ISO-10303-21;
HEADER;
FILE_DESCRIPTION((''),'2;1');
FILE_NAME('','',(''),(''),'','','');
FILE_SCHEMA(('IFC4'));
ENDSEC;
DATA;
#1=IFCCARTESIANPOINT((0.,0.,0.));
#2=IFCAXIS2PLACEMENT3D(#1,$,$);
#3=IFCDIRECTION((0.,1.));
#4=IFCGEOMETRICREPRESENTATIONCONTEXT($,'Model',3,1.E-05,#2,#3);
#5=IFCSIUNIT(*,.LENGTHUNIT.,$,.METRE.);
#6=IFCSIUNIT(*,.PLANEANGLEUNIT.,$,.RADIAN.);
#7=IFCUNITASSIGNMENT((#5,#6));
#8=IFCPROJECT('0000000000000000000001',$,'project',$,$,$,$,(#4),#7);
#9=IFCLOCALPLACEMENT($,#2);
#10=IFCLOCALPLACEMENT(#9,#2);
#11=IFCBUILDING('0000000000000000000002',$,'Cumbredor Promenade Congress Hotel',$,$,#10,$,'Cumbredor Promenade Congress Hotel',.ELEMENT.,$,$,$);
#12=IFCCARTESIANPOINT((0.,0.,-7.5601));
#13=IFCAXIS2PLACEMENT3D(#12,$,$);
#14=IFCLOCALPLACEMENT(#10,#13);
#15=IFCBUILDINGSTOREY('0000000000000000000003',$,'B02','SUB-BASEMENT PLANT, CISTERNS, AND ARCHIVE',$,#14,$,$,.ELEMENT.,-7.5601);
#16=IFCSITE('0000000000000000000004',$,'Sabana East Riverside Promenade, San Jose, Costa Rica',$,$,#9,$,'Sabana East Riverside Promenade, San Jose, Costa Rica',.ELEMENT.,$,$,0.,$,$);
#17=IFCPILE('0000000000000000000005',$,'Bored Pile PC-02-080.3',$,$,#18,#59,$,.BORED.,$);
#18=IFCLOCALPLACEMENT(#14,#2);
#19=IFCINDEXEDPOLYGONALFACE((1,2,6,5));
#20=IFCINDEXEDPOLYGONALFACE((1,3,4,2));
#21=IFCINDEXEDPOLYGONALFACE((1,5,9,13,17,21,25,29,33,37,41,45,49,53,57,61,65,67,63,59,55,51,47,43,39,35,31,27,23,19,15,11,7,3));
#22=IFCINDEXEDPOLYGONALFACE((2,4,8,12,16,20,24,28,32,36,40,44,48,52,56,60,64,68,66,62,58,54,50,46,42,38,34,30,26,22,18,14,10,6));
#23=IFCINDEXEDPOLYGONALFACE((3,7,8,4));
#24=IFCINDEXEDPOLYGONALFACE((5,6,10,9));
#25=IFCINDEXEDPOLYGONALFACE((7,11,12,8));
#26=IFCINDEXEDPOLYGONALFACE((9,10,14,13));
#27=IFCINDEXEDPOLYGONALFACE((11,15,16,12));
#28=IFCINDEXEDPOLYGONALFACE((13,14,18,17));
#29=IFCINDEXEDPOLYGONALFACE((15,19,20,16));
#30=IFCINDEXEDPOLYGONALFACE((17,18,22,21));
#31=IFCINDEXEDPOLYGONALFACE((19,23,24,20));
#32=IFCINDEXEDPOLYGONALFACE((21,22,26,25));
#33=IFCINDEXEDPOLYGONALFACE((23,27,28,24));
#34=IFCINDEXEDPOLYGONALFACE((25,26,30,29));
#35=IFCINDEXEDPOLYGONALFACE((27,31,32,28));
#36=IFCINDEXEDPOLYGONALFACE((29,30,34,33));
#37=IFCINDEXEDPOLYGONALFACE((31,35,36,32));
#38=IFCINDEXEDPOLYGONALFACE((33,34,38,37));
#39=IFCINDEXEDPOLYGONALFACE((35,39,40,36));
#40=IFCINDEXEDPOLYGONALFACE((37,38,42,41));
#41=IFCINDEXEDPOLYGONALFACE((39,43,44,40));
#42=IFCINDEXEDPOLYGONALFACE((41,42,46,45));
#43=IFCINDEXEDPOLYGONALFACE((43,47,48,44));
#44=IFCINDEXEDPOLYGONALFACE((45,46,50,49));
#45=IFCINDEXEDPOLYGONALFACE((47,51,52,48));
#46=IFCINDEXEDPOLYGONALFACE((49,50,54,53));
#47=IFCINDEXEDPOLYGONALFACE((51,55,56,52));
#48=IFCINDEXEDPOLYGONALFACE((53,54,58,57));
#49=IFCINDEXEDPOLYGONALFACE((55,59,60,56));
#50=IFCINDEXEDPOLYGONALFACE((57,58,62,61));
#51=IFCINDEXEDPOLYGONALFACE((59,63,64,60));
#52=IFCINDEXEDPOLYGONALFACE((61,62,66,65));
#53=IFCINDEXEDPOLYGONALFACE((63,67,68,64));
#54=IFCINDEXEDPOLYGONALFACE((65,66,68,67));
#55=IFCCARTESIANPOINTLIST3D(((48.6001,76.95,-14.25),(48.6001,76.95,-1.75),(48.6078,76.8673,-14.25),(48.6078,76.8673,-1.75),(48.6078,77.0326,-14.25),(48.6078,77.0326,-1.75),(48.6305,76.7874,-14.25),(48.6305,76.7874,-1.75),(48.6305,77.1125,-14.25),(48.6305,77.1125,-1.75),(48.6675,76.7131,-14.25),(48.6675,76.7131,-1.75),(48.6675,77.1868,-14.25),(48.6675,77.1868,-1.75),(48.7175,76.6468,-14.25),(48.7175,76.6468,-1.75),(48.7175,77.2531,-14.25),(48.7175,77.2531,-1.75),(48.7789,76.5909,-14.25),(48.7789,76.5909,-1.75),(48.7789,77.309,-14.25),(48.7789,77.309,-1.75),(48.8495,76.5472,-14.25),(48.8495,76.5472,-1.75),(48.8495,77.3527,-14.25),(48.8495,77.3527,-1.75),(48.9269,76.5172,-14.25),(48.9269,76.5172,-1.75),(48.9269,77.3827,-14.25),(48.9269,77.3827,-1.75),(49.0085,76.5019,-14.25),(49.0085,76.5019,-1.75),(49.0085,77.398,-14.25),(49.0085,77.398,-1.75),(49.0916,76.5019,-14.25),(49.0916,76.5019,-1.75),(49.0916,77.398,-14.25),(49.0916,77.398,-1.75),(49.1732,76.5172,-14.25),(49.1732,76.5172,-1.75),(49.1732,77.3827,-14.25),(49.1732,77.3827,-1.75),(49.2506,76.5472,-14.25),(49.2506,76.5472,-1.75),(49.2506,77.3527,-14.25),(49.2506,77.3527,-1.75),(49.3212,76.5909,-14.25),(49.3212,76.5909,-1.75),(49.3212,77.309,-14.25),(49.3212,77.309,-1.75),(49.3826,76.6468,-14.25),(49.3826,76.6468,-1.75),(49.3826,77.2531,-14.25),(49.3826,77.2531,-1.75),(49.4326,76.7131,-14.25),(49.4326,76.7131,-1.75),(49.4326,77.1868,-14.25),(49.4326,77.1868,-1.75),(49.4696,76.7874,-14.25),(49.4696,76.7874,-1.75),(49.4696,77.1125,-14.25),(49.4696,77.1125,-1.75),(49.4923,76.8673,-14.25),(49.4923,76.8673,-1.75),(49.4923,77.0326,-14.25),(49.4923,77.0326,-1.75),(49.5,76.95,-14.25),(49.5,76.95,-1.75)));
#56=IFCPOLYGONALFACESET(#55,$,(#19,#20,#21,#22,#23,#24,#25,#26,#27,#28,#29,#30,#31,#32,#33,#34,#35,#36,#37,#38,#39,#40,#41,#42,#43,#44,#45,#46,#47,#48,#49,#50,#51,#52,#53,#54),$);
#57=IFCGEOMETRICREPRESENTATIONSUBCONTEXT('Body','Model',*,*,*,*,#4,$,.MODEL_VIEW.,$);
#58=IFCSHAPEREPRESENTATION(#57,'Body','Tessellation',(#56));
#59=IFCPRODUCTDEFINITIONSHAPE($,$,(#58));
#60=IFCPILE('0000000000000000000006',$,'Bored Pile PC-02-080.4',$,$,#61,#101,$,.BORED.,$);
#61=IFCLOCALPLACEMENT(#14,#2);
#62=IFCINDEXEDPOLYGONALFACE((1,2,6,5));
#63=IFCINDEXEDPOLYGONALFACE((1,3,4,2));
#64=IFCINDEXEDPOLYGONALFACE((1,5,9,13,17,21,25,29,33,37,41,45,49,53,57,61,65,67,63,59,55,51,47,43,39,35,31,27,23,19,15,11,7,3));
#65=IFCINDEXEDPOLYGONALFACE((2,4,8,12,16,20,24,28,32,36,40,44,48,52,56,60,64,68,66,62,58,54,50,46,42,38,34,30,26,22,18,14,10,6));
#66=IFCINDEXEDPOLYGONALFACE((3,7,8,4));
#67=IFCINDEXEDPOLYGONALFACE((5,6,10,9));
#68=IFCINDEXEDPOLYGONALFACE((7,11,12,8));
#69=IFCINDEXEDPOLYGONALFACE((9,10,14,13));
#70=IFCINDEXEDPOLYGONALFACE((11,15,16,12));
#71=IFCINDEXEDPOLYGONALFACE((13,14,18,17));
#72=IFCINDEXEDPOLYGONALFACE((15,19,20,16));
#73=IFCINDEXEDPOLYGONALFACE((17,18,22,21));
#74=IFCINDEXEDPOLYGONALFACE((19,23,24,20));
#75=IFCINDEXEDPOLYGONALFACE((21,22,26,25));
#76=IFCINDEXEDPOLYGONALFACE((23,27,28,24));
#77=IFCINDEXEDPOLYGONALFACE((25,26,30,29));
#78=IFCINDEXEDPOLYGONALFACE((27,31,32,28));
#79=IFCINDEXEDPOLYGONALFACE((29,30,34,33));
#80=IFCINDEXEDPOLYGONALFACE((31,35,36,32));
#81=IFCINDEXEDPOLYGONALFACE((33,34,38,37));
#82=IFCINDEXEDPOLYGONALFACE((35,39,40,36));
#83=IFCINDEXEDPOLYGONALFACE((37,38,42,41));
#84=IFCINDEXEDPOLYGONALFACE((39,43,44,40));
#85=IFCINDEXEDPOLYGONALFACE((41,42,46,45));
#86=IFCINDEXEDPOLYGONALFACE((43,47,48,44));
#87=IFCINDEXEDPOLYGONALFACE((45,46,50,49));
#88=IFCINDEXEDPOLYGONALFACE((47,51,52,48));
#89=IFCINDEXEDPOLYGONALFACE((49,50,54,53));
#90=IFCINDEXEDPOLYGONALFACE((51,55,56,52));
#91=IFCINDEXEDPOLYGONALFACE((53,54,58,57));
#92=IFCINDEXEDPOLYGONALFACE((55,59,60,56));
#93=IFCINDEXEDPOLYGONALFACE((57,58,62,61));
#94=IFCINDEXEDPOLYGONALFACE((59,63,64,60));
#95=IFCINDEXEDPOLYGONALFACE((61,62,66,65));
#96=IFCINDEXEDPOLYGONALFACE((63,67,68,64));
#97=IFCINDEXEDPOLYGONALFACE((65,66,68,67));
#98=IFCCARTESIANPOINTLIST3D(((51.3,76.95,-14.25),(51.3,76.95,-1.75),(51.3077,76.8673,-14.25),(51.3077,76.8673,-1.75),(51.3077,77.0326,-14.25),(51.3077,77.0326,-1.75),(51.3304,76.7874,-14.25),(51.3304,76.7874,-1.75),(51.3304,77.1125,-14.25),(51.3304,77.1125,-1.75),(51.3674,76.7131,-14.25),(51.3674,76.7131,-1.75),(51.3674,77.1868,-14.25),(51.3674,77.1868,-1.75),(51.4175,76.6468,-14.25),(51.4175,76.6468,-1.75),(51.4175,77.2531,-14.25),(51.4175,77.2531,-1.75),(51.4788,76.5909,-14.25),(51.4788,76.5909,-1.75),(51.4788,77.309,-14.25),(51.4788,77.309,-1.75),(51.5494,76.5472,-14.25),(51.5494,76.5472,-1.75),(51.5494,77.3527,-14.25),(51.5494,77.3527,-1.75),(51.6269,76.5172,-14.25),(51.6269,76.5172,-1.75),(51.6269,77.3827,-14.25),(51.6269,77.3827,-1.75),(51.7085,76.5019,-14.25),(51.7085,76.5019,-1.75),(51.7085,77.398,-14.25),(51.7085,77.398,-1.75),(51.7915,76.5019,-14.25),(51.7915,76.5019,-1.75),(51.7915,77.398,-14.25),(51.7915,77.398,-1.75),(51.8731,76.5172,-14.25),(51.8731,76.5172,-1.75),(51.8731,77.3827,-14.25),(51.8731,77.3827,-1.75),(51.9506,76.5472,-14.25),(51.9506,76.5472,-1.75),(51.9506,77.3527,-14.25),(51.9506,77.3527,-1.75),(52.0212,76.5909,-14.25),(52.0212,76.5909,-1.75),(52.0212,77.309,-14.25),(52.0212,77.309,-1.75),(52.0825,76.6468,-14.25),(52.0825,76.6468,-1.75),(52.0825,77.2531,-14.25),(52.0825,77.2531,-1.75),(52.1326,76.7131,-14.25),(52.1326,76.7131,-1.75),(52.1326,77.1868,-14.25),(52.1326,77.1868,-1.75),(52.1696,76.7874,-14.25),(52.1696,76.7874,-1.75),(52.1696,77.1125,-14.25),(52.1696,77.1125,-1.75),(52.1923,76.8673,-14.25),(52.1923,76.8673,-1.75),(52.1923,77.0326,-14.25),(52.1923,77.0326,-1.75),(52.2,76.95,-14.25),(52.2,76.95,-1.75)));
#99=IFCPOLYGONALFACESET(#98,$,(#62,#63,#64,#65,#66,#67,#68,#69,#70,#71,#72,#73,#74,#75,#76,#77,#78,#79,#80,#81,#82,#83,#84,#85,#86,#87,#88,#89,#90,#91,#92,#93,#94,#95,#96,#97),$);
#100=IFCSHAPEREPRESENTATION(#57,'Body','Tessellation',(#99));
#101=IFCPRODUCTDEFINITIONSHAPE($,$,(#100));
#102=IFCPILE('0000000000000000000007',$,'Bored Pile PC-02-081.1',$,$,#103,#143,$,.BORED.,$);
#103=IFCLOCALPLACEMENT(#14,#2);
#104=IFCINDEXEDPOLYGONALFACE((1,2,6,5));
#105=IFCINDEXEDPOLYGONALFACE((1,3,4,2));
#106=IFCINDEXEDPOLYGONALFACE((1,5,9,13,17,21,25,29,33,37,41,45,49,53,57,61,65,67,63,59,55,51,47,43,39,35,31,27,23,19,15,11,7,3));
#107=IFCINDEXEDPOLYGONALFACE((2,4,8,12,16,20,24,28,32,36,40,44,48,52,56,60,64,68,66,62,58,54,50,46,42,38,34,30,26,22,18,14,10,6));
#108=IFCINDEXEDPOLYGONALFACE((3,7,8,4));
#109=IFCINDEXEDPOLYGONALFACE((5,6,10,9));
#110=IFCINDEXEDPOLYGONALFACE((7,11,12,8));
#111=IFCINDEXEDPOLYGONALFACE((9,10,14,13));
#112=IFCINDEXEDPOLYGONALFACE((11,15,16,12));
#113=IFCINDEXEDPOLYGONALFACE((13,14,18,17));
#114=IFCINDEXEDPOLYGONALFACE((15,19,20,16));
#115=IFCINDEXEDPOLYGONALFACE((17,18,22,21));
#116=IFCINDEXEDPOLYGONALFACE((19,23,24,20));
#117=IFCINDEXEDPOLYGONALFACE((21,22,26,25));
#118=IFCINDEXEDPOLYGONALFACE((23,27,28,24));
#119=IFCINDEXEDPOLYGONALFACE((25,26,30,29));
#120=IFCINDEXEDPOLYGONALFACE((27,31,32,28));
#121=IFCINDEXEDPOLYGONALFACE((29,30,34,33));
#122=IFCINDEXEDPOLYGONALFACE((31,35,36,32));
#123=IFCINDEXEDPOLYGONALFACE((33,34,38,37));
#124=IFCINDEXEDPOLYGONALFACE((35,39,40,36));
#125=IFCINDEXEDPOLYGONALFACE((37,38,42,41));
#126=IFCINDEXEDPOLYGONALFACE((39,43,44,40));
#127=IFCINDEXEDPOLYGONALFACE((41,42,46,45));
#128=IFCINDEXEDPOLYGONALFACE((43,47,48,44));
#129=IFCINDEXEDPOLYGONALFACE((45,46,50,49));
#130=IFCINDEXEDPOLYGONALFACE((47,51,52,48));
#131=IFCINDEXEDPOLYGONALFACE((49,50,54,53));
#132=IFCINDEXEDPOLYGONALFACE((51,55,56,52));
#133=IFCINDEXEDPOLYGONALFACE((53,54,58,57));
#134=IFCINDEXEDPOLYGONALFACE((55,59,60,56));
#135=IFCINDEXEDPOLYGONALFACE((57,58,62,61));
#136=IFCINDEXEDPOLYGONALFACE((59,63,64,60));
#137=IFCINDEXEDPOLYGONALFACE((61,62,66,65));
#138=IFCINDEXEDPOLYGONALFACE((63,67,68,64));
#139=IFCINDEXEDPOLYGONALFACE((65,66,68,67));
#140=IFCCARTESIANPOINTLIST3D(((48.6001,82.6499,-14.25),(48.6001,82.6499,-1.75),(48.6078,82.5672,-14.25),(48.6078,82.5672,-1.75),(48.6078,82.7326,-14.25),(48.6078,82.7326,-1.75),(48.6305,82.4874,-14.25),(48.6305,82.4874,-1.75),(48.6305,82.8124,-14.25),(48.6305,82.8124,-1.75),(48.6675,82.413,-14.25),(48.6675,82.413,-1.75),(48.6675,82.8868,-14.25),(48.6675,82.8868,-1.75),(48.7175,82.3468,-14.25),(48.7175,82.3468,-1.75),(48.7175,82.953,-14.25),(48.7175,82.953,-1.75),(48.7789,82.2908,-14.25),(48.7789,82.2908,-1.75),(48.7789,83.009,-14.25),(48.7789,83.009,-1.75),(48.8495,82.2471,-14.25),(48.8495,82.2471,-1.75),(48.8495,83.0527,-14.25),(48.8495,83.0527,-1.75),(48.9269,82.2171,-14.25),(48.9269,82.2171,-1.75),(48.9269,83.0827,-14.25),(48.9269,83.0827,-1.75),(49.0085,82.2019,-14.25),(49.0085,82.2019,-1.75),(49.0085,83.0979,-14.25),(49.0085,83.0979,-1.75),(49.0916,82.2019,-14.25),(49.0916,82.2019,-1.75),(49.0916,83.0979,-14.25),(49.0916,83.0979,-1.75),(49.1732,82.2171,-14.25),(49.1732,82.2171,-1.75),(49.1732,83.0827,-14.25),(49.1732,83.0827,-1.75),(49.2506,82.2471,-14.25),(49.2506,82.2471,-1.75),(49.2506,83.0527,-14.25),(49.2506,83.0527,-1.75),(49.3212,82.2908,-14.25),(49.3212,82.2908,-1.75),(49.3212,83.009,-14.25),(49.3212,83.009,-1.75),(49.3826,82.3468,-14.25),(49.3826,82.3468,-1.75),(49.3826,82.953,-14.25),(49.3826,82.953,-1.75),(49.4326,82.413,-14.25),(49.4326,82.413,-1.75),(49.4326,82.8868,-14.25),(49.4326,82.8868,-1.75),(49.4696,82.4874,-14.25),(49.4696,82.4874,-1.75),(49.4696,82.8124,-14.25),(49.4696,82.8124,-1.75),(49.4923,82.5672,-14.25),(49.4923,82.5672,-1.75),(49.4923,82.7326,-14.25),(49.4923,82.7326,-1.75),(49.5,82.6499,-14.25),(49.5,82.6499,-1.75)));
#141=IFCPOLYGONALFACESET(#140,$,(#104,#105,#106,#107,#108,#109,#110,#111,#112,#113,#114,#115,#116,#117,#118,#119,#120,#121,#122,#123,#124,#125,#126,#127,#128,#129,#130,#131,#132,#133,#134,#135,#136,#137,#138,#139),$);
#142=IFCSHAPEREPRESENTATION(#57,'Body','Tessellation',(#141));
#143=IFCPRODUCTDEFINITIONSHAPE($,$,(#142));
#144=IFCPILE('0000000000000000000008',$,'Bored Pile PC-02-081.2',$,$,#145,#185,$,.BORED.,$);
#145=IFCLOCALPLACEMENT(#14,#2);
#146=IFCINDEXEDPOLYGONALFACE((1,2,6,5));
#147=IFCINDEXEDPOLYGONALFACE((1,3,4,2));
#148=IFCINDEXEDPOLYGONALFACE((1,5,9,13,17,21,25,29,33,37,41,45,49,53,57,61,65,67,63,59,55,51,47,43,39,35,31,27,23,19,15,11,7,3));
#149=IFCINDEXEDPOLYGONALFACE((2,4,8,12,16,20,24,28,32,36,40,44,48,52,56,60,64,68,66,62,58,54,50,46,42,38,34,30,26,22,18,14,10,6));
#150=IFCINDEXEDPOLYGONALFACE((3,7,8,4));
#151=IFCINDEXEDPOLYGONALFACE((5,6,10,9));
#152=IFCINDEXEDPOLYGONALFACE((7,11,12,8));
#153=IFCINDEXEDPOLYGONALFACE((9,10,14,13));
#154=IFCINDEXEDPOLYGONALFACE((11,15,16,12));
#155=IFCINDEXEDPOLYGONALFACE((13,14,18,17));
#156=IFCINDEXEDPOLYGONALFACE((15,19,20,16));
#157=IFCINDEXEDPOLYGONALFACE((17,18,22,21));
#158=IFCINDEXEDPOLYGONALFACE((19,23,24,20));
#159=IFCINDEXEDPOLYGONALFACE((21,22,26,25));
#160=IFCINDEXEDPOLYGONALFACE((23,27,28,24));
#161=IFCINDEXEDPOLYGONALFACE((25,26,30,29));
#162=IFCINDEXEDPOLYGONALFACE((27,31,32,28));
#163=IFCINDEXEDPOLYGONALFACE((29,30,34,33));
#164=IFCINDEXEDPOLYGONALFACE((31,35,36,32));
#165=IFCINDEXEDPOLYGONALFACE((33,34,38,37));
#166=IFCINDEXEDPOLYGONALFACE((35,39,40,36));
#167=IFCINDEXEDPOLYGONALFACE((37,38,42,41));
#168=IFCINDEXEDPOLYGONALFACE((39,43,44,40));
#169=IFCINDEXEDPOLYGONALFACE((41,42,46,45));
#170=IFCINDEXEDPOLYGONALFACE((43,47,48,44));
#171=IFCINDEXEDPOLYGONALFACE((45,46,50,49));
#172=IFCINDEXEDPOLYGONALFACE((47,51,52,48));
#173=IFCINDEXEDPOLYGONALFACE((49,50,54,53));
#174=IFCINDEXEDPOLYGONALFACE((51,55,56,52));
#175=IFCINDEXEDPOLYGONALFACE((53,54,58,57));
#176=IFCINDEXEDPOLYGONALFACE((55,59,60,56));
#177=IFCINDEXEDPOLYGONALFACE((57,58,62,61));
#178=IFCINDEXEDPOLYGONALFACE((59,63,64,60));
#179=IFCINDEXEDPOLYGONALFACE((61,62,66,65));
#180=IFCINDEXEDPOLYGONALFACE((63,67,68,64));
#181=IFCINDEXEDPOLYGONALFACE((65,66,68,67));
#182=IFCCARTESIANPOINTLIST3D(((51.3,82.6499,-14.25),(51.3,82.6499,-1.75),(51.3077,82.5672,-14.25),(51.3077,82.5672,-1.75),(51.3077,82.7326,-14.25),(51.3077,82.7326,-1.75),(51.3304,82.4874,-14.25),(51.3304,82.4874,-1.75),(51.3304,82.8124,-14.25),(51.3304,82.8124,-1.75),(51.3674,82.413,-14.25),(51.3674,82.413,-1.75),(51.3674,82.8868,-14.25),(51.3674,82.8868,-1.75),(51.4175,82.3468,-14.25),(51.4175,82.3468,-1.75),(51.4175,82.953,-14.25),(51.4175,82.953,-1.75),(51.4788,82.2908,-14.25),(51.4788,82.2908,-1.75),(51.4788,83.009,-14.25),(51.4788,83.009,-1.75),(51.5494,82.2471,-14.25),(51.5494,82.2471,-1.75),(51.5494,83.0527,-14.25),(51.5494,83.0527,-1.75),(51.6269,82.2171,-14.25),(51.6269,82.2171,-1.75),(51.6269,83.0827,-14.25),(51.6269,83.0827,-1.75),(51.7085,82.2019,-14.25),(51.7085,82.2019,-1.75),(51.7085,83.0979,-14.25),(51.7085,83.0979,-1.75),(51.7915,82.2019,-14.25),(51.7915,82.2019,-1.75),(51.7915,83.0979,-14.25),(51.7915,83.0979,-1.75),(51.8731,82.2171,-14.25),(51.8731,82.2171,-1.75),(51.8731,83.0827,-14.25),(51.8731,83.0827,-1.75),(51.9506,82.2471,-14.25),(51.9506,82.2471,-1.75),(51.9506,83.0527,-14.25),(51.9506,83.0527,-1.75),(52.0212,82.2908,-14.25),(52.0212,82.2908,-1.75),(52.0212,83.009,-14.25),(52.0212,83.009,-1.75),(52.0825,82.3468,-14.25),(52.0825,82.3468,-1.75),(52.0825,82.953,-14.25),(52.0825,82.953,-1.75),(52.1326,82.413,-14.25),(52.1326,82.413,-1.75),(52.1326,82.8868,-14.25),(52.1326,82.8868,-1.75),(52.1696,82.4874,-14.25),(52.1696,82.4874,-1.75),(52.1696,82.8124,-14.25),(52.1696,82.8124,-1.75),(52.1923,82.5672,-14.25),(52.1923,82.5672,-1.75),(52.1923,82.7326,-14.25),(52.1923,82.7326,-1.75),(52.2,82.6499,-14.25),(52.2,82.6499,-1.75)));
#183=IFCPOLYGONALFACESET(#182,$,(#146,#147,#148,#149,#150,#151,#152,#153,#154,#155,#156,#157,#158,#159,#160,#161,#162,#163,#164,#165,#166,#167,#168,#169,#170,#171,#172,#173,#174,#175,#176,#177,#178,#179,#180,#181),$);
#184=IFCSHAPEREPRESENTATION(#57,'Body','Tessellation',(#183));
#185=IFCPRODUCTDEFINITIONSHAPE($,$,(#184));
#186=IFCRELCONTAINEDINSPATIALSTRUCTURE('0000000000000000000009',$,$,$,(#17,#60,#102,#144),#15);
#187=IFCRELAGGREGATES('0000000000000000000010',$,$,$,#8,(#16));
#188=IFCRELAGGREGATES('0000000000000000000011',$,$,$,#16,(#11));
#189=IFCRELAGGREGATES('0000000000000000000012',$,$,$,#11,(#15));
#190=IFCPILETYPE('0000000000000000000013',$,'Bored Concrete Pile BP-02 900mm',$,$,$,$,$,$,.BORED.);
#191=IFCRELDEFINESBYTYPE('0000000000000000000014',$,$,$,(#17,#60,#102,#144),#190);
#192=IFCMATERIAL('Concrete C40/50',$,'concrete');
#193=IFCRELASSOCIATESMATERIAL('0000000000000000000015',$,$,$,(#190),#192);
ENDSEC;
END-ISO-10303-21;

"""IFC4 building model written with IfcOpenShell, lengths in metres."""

from ifc_helpers import new_model, si_unit, direction, frame, origin, origin_2d, place, context, subcontext, project, spatial, circle, extrude, material, material_profile, profile_set, type_object, element, save


model = new_model("IFC4")

# Units and contexts
model_context = context("Model", 3, precision=1e-05, world=origin(), true_north=direction((0.0, 1.0)))
body_context = subcontext(model_context, "Body", "Model", "MODEL_VIEW")
ifc_project = project(units=[si_unit("LENGTHUNIT", "METRE"), si_unit("PLANEANGLEUNIT", "RADIAN")], contexts=[model_context])

# Site, building, storey
site_placement = place(None, origin())
site = spatial("IfcSite", under=ifc_project, at=site_placement, Name="Sabana East Riverside Promenade, San Jose, Costa Rica", LongName="Sabana East Riverside Promenade, San Jose, Costa Rica", CompositionType="ELEMENT", RefElevation=0.0)
building_placement = place(site_placement, origin())
building = spatial("IfcBuilding", under=site, at=building_placement, Name="Cumbredor Promenade Congress Hotel", LongName="Cumbredor Promenade Congress Hotel", CompositionType="ELEMENT")
storey_placement = place(building_placement, frame((0.0, 0.0, -7.5601)))
storey = spatial("IfcBuildingStorey", under=building, at=storey_placement, Name="B02", Description="SUB-BASEMENT PLANT, CISTERNS, AND ARCHIVE", CompositionType="ELEMENT", Elevation=-7.5601)

# Piles
ifc_material_1 = material(Name="Concrete C40/50", Category="concrete")
ifc_material_profile_1 = material_profile(ifc_material_1, circle(Radius=0.45, at=origin_2d()), Name="PILE D900")
ifc_profile_set_1 = profile_set([ifc_material_profile_1], Name="Concrete C40/50")
pile_type_1 = type_object("IfcPileType", Name="Bored Concrete Pile BP-02 900mm", PredefinedType="BORED", material=ifc_profile_set_1)
for number, where, z_axis, x_axis, name in (
    (1, (49.05, 76.95, -1.75), (0.0, 0.0, -1.0), (1.0, 0.0, 0.0), "Bored Pile PC-02-080.3"),
    (2, (51.75, 76.95, -1.75), (0.0, 0.0, -1.0), (1.0, 0.0, 0.0), "Bored Pile PC-02-080.4"),
    (3, (49.05, 82.6499, -1.75), (0.0, 0.0, -1.0), (1.0, 0.0, 0.0), "Bored Pile PC-02-081.1"),
    (4, (51.75, 82.6499, -1.75), (0.0, 0.0, -1.0), (1.0, 0.0, 0.0), "Bored Pile PC-02-081.2"),
):
    element("IfcPile", number, at=place(storey_placement, frame(where, z_axis=z_axis, x_axis=x_axis)), inside=storey, type_object=pile_type_1, Name=name, PredefinedType="BORED", context=body_context, shape_type="SweptSolid", body=[
        extrude(circle(Radius=0.45, at=origin_2d()), origin(), (0.0, 0.0, 1.0), 12.5),
    ])

save(model, "model.ifc")
